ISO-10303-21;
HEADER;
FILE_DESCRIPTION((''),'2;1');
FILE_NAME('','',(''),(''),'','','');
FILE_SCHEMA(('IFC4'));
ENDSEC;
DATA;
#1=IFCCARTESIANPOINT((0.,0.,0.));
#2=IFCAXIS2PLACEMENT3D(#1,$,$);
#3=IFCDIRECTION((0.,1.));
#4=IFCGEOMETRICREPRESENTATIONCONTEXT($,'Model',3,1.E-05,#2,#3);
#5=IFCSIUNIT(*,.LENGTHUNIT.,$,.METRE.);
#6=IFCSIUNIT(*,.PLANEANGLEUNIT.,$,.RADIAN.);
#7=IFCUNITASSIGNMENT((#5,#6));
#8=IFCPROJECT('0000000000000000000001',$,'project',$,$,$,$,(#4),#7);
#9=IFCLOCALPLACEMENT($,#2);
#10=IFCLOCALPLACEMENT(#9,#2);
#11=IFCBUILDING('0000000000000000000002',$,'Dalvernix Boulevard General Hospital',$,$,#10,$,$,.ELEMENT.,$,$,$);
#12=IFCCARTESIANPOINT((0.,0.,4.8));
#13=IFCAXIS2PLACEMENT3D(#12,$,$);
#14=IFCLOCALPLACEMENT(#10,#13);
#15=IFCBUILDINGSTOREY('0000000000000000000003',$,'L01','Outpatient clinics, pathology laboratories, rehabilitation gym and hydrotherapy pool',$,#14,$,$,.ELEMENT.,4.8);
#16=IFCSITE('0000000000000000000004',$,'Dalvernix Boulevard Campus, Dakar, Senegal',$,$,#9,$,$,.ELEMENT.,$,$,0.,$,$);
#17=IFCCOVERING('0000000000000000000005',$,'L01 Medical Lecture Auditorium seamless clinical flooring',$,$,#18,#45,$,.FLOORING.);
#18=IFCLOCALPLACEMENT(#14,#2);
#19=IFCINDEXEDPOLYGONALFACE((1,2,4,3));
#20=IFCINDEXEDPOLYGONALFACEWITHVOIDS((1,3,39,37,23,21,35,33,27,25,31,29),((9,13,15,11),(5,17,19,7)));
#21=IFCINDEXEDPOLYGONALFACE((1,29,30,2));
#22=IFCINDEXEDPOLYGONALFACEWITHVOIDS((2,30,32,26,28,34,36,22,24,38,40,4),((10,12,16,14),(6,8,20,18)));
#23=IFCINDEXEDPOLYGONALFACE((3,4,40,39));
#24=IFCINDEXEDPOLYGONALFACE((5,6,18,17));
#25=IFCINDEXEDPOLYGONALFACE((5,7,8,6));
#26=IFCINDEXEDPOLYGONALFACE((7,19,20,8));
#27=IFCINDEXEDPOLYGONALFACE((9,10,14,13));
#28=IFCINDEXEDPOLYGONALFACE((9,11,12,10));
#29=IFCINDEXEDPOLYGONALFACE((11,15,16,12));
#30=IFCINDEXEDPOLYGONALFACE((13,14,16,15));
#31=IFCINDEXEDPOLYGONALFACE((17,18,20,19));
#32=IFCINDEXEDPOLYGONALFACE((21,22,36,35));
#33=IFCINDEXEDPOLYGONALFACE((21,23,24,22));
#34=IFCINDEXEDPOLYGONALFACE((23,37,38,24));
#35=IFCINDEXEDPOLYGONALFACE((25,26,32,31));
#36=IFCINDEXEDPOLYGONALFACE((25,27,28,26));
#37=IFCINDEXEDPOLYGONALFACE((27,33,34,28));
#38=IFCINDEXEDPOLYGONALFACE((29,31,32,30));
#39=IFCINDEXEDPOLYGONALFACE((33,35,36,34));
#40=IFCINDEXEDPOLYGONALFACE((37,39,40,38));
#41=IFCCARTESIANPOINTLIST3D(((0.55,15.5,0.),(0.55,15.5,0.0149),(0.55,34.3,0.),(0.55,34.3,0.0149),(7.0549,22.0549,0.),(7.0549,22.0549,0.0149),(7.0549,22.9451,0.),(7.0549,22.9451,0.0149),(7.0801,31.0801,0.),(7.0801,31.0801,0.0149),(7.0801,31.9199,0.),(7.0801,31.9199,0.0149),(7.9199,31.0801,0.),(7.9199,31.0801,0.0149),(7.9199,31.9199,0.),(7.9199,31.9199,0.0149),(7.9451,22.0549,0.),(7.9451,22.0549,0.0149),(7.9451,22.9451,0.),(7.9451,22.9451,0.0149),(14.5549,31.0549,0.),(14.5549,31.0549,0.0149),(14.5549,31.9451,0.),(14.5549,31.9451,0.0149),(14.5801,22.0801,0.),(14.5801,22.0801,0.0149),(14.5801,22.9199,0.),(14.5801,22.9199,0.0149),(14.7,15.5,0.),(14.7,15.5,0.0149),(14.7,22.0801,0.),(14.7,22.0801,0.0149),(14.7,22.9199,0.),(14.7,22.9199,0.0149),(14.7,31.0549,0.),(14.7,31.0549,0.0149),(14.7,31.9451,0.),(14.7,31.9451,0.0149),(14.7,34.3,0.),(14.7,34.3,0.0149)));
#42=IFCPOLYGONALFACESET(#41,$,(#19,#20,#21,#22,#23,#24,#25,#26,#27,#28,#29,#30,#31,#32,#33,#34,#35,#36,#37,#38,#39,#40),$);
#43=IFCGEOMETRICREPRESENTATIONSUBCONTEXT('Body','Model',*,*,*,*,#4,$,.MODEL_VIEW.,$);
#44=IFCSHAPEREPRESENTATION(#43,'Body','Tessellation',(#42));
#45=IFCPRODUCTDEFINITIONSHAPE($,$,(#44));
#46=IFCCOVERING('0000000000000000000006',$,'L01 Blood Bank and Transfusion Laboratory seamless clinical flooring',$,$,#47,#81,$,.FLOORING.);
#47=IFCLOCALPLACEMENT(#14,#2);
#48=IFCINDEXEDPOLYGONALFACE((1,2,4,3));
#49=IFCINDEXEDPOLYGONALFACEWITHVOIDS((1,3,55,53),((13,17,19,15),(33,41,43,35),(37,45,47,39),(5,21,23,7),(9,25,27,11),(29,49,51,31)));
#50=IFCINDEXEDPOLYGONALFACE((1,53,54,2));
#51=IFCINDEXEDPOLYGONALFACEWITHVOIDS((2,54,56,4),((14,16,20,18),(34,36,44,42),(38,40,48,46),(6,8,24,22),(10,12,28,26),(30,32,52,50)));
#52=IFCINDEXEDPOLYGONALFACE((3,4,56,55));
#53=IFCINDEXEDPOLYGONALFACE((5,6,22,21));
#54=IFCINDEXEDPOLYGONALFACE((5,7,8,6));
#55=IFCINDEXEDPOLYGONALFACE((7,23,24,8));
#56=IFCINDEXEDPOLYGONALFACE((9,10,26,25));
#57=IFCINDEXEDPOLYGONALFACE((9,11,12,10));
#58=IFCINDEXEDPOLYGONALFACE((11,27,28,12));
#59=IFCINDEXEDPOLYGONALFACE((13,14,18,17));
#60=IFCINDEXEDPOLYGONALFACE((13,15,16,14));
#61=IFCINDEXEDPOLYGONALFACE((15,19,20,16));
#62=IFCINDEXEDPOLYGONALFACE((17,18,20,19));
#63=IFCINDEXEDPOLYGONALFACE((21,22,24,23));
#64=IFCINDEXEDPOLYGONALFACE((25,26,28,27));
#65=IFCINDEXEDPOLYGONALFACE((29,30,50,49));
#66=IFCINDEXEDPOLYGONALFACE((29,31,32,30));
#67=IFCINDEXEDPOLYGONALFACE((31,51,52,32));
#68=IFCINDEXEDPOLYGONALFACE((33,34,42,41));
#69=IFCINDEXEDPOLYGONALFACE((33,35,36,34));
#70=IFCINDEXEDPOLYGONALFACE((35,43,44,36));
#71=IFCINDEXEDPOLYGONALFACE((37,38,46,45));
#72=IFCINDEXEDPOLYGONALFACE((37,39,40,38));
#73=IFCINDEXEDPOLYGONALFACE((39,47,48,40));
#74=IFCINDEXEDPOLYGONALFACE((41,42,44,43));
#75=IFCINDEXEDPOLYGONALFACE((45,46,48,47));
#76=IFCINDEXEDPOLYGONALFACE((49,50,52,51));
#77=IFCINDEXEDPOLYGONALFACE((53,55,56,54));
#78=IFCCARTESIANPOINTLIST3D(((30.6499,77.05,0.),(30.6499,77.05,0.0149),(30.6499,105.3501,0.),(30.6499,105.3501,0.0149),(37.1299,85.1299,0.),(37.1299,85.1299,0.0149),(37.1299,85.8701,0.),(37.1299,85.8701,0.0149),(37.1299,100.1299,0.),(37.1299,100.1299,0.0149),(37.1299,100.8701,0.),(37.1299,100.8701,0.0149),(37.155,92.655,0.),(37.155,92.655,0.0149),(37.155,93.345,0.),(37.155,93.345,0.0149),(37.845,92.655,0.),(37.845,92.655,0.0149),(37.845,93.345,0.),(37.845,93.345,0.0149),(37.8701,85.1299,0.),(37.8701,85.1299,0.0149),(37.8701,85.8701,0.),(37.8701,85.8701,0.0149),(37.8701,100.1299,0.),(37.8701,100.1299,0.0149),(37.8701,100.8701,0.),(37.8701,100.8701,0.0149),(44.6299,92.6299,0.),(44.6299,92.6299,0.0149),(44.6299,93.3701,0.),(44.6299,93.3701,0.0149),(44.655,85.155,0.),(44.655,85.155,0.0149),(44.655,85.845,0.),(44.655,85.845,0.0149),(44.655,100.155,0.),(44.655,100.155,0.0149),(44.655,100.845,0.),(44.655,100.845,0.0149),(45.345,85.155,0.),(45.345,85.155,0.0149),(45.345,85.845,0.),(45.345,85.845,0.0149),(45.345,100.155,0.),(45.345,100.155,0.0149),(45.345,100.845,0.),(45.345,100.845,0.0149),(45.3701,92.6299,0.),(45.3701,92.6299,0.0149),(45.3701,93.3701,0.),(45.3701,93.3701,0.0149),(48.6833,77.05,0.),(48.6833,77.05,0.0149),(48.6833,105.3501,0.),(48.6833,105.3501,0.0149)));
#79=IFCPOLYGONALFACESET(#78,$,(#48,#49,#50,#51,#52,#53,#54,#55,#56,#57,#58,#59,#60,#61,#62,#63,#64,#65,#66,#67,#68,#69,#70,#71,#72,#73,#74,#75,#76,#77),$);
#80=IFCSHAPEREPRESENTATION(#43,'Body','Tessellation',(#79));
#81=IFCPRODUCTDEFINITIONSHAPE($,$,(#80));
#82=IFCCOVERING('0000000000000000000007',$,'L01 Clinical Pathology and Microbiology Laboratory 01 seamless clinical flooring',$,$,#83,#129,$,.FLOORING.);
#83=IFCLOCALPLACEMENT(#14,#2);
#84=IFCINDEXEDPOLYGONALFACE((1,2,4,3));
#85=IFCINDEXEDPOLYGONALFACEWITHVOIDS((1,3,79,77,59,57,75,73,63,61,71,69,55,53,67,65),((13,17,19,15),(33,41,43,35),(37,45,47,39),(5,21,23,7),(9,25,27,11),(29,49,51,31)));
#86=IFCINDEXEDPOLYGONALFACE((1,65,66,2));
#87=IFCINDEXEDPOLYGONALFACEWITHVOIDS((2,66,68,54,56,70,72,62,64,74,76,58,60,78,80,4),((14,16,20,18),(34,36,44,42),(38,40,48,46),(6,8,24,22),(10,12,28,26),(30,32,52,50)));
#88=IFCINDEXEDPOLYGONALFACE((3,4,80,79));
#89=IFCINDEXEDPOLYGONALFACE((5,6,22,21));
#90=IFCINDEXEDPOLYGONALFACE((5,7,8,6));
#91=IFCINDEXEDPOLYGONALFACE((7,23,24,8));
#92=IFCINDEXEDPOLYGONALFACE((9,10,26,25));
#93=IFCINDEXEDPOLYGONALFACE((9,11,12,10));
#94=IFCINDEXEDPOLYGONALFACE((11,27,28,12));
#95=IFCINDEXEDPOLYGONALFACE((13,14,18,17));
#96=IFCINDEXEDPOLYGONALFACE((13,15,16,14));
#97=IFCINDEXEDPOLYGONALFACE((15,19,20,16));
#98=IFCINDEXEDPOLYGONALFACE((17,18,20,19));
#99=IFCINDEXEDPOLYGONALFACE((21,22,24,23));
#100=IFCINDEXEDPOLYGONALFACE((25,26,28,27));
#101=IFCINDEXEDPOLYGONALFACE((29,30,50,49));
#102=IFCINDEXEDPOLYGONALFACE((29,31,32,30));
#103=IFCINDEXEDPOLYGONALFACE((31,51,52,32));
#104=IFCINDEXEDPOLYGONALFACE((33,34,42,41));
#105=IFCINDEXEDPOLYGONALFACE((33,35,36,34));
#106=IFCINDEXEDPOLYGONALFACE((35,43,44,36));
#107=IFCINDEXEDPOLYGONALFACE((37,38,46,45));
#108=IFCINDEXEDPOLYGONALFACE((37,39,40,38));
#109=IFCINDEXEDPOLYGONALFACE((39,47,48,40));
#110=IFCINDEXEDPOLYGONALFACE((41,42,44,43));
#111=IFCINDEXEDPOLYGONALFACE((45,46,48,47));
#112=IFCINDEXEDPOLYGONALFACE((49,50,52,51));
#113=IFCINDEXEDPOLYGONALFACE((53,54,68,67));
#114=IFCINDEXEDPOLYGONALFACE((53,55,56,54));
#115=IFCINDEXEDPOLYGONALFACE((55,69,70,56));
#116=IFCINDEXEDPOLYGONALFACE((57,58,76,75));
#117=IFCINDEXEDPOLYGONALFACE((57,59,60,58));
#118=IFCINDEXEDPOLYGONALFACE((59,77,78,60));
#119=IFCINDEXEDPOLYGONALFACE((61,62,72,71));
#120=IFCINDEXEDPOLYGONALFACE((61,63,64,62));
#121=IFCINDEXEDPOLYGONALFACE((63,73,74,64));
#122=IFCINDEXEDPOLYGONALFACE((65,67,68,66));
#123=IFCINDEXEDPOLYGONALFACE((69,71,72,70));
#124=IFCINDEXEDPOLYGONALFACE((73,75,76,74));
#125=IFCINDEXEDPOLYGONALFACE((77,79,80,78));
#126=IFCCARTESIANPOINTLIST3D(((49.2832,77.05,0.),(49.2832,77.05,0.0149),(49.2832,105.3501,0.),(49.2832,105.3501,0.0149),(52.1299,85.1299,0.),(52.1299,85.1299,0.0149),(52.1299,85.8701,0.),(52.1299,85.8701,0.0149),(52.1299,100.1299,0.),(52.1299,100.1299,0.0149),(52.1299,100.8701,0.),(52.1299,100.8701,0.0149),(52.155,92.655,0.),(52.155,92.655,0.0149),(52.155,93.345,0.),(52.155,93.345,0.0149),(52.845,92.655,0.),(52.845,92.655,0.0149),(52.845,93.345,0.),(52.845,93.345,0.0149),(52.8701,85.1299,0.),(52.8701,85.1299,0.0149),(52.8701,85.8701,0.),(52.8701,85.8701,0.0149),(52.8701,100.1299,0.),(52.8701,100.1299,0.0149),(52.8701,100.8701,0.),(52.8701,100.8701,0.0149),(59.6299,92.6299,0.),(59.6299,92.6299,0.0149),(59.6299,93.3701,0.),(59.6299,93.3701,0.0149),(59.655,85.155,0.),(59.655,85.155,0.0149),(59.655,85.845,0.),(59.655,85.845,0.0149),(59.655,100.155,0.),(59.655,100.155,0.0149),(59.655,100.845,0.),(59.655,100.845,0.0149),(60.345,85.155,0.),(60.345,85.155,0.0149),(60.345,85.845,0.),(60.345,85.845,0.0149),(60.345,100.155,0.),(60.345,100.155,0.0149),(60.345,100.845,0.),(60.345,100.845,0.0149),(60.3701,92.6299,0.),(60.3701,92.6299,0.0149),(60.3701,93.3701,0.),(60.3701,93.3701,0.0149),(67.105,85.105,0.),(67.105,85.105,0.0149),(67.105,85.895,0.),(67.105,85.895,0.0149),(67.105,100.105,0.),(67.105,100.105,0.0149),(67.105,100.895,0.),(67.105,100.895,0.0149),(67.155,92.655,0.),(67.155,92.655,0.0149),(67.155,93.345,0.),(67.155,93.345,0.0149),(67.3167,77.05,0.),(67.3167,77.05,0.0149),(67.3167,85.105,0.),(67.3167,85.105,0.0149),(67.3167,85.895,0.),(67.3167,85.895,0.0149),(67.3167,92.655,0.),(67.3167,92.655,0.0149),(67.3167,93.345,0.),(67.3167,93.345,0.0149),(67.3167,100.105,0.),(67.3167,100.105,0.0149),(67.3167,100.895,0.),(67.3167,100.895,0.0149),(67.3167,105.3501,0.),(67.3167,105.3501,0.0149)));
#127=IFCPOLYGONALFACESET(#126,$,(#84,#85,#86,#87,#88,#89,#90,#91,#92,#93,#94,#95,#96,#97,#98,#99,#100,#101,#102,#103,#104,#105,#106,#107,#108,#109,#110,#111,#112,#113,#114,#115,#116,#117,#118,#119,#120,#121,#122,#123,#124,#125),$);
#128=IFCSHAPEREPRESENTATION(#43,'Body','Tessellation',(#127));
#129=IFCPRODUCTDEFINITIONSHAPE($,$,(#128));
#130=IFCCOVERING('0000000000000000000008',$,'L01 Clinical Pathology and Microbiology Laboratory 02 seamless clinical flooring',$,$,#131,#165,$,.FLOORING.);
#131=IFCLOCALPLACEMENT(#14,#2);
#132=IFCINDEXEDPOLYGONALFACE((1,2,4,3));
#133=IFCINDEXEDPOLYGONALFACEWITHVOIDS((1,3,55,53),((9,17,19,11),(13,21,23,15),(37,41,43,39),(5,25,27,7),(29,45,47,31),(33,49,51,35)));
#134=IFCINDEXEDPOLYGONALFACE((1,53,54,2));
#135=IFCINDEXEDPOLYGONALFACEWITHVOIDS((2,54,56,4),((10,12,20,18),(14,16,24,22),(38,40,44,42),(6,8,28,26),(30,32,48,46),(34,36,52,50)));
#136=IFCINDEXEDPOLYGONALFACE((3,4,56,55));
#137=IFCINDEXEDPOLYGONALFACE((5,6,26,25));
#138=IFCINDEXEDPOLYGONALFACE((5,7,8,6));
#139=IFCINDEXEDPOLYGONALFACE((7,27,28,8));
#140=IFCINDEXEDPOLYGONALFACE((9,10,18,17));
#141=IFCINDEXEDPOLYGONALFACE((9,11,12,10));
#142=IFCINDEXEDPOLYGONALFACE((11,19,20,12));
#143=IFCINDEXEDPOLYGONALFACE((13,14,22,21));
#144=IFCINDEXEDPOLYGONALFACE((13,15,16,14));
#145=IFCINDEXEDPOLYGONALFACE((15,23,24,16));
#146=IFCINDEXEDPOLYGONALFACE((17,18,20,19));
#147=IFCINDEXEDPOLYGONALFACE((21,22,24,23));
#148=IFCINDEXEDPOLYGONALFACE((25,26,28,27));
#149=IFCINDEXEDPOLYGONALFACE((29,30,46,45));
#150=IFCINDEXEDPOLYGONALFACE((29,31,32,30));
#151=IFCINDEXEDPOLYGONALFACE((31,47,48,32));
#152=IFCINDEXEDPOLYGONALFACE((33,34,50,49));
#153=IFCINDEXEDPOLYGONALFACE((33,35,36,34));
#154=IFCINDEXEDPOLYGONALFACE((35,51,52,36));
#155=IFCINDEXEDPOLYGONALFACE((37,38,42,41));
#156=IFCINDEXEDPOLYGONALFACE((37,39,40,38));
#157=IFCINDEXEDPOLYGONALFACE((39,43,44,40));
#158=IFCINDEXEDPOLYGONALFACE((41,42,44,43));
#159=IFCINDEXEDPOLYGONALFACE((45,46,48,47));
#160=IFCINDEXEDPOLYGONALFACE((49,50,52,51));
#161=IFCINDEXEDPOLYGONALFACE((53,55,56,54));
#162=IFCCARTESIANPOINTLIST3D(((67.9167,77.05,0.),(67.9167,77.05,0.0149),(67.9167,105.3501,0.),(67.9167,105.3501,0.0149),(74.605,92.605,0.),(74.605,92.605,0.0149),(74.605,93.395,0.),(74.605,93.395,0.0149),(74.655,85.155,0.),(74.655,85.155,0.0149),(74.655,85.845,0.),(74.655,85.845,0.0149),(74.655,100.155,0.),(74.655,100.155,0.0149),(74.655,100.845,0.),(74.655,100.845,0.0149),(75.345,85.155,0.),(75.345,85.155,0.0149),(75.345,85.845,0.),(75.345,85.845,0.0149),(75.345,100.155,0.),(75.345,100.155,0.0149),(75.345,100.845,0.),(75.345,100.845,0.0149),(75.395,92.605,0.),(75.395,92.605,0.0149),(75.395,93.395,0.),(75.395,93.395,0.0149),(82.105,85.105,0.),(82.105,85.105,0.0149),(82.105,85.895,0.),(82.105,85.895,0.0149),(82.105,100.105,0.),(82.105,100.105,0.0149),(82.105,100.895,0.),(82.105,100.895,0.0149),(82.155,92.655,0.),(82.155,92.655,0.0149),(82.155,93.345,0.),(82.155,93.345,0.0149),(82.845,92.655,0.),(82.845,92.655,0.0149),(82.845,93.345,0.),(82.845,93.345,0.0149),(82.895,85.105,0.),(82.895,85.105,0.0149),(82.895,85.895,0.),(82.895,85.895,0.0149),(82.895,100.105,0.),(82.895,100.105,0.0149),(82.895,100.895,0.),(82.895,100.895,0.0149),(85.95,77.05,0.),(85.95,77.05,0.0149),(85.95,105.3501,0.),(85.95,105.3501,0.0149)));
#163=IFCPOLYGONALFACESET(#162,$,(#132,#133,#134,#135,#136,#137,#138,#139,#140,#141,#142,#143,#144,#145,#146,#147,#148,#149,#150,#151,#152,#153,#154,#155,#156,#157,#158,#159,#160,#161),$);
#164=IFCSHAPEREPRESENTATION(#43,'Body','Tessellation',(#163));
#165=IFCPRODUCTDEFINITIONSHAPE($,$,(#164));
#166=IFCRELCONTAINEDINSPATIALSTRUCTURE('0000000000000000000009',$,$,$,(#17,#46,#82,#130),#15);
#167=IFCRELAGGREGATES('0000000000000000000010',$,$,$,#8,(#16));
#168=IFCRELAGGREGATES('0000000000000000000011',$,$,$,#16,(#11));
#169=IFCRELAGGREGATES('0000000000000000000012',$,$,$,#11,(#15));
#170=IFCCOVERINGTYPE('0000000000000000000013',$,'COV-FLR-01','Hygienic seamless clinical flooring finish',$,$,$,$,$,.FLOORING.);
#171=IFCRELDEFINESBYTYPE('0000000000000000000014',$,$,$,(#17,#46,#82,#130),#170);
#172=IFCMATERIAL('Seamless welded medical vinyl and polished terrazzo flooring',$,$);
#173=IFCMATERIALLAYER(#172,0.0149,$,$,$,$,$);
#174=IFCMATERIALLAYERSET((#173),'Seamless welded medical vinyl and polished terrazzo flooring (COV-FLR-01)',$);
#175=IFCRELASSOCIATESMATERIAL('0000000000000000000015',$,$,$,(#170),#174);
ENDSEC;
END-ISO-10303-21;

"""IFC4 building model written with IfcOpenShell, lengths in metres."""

from ifc_helpers import new_model, si_unit, direction, frame, origin, place, context, subcontext, project, spatial, polyline, outline, extrude, material, layer, layer_set, type_object, element, save


model = new_model("IFC4")

# Units and contexts
model_context = context("Model", 3, precision=1e-05, world=origin(), true_north=direction((0.0, 1.0)))
body_context = subcontext(model_context, "Body", "Model", "MODEL_VIEW")
ifc_project = project(units=[si_unit("LENGTHUNIT", "METRE"), si_unit("PLANEANGLEUNIT", "RADIAN")], contexts=[model_context])

# Site, building, storey
site_placement = place(None, origin())
site = spatial("IfcSite", under=ifc_project, at=site_placement, Name="Dalvernix Boulevard Campus, Dakar, Senegal", CompositionType="ELEMENT", RefElevation=0.0)
building_placement = place(site_placement, origin())
building = spatial("IfcBuilding", under=site, at=building_placement, Name="Dalvernix Boulevard General Hospital", CompositionType="ELEMENT")
storey_placement = place(building_placement, frame((0.0, 0.0, 4.8)))
storey = spatial("IfcBuildingStorey", under=building, at=storey_placement, Name="L01", Description="Outpatient clinics, pathology laboratories, rehabilitation gym and hydrotherapy pool", CompositionType="ELEMENT", Elevation=4.8)

# Coverings
ifc_material_1 = material(Name="Seamless welded medical vinyl and polished terrazzo flooring")
ifc_layer_1 = layer(ifc_material_1, 0.0149)
ifc_layer_set_1 = layer_set([ifc_layer_1], Name="Seamless welded medical vinyl and polished terrazzo flooring (COV-FLR-01)")
covering_type = type_object("IfcCoveringType", Name="COV-FLR-01", Description="Hygienic seamless clinical flooring finish", PredefinedType="FLOORING", material=ifc_layer_set_1)
covering_1_placement = place(storey_placement, origin())
element("IfcCovering", 1, at=covering_1_placement, inside=storey, type_object=covering_type, Name="L01 Medical Lecture Auditorium seamless clinical flooring", PredefinedType="FLOORING", context=body_context, shape_type="SweptSolid", body=[
    extrude(outline(polyline([(14.7, 31.9451), (14.5549, 31.9451), (14.5549, 31.0549), (14.7, 31.0549), (14.7, 22.9199), (14.5801, 22.9199), (14.5801, 22.0801), (14.7, 22.0801), (14.7, 15.5), (0.55, 15.5), (0.55, 34.3), (14.7, 34.3), (14.7, 31.9451)]), holes=[polyline([(7.9451, 22.0549), (7.9451, 22.9451), (7.0549, 22.9451), (7.0549, 22.0549), (7.9451, 22.0549)]), polyline([(7.0801, 31.0801), (7.9199, 31.0801), (7.9199, 31.9199), (7.0801, 31.9199), (7.0801, 31.0801)])]), origin(), (0.0, 0.0, 1.0), 0.0149),
])
covering_2_placement = place(storey_placement, origin())
element("IfcCovering", 2, at=covering_2_placement, inside=storey, type_object=covering_type, Name="L01 Blood Bank and Transfusion Laboratory seamless clinical flooring", PredefinedType="FLOORING", context=body_context, shape_type="SweptSolid", body=[
    extrude(outline(polyline([(30.6499, 105.3501), (48.6833, 105.3501), (48.6833, 77.05), (30.6499, 77.05), (30.6499, 105.3501)]), holes=[polyline([(37.1299, 85.8701), (37.1299, 85.1299), (37.8701, 85.1299), (37.8701, 85.8701), (37.1299, 85.8701)]), polyline([(37.845, 93.345), (37.155, 93.345), (37.155, 92.655), (37.845, 92.655), (37.845, 93.345)]), polyline([(37.8701, 100.1299), (37.8701, 100.8701), (37.1299, 100.8701), (37.1299, 100.1299), (37.8701, 100.1299)]), polyline([(44.655, 85.155), (45.345, 85.155), (45.345, 85.845), (44.655, 85.845), (44.655, 85.155)]), polyline([(44.6299, 93.3701), (44.6299, 92.6299), (45.3701, 92.6299), (45.3701, 93.3701), (44.6299, 93.3701)]), polyline([(45.345, 100.845), (44.655, 100.845), (44.655, 100.155), (45.345, 100.155), (45.345, 100.845)])]), origin(), (0.0, 0.0, 1.0), 0.0149),
])
covering_3_placement = place(storey_placement, origin())
element("IfcCovering", 3, at=covering_3_placement, inside=storey, type_object=covering_type, Name="L01 Clinical Pathology and Microbiology Laboratory 01 seamless clinical flooring", PredefinedType="FLOORING", context=body_context, shape_type="SweptSolid", body=[
    extrude(outline(polyline([(67.155, 93.345), (67.155, 92.655), (67.3167, 92.655), (67.3167, 85.895), (67.105, 85.895), (67.105, 85.105), (67.3167, 85.105), (67.3167, 77.05), (49.2832, 77.05), (49.2832, 105.3501), (67.3167, 105.3501), (67.3167, 100.895), (67.105, 100.895), (67.105, 100.105), (67.3167, 100.105), (67.3167, 93.345), (67.155, 93.345)]), holes=[polyline([(52.8701, 85.8701), (52.1299, 85.8701), (52.1299, 85.1299), (52.8701, 85.1299), (52.8701, 85.8701)]), polyline([(52.845, 92.655), (52.845, 93.345), (52.155, 93.345), (52.155, 92.655), (52.845, 92.655)]), polyline([(52.1299, 100.1299), (52.8701, 100.1299), (52.8701, 100.8701), (52.1299, 100.8701), (52.1299, 100.1299)]), polyline([(59.655, 85.845), (59.655, 85.155), (60.345, 85.155), (60.345, 85.845), (59.655, 85.845)]), polyline([(60.3701, 93.3701), (59.6299, 93.3701), (59.6299, 92.6299), (60.3701, 92.6299), (60.3701, 93.3701)]), polyline([(60.345, 100.155), (60.345, 100.845), (59.655, 100.845), (59.655, 100.155), (60.345, 100.155)])]), origin(), (0.0, 0.0, 1.0), 0.0149),
])
covering_4_placement = place(storey_placement, origin())
element("IfcCovering", 4, at=covering_4_placement, inside=storey, type_object=covering_type, Name="L01 Clinical Pathology and Microbiology Laboratory 02 seamless clinical flooring", PredefinedType="FLOORING", context=body_context, shape_type="SweptSolid", body=[
    extrude(outline(polyline([(85.95, 77.05), (67.9167, 77.05), (67.9167, 105.3501), (85.95, 105.3501), (85.95, 77.05)]), holes=[polyline([(74.655, 85.845), (74.655, 85.155), (75.345, 85.155), (75.345, 85.845), (74.655, 85.845)]), polyline([(75.395, 93.395), (74.605, 93.395), (74.605, 92.605), (75.395, 92.605), (75.395, 93.395)]), polyline([(75.345, 100.155), (75.345, 100.845), (74.655, 100.845), (74.655, 100.155), (75.345, 100.155)]), polyline([(82.105, 85.105), (82.895, 85.105), (82.895, 85.895), (82.105, 85.895), (82.105, 85.105)]), polyline([(82.155, 93.345), (82.155, 92.655), (82.845, 92.655), (82.845, 93.345), (82.155, 93.345)]), polyline([(82.895, 100.895), (82.105, 100.895), (82.105, 100.105), (82.895, 100.105), (82.895, 100.895)])]), origin(), (0.0, 0.0, 1.0), 0.0149),
])

save(model, "model.ifc")
